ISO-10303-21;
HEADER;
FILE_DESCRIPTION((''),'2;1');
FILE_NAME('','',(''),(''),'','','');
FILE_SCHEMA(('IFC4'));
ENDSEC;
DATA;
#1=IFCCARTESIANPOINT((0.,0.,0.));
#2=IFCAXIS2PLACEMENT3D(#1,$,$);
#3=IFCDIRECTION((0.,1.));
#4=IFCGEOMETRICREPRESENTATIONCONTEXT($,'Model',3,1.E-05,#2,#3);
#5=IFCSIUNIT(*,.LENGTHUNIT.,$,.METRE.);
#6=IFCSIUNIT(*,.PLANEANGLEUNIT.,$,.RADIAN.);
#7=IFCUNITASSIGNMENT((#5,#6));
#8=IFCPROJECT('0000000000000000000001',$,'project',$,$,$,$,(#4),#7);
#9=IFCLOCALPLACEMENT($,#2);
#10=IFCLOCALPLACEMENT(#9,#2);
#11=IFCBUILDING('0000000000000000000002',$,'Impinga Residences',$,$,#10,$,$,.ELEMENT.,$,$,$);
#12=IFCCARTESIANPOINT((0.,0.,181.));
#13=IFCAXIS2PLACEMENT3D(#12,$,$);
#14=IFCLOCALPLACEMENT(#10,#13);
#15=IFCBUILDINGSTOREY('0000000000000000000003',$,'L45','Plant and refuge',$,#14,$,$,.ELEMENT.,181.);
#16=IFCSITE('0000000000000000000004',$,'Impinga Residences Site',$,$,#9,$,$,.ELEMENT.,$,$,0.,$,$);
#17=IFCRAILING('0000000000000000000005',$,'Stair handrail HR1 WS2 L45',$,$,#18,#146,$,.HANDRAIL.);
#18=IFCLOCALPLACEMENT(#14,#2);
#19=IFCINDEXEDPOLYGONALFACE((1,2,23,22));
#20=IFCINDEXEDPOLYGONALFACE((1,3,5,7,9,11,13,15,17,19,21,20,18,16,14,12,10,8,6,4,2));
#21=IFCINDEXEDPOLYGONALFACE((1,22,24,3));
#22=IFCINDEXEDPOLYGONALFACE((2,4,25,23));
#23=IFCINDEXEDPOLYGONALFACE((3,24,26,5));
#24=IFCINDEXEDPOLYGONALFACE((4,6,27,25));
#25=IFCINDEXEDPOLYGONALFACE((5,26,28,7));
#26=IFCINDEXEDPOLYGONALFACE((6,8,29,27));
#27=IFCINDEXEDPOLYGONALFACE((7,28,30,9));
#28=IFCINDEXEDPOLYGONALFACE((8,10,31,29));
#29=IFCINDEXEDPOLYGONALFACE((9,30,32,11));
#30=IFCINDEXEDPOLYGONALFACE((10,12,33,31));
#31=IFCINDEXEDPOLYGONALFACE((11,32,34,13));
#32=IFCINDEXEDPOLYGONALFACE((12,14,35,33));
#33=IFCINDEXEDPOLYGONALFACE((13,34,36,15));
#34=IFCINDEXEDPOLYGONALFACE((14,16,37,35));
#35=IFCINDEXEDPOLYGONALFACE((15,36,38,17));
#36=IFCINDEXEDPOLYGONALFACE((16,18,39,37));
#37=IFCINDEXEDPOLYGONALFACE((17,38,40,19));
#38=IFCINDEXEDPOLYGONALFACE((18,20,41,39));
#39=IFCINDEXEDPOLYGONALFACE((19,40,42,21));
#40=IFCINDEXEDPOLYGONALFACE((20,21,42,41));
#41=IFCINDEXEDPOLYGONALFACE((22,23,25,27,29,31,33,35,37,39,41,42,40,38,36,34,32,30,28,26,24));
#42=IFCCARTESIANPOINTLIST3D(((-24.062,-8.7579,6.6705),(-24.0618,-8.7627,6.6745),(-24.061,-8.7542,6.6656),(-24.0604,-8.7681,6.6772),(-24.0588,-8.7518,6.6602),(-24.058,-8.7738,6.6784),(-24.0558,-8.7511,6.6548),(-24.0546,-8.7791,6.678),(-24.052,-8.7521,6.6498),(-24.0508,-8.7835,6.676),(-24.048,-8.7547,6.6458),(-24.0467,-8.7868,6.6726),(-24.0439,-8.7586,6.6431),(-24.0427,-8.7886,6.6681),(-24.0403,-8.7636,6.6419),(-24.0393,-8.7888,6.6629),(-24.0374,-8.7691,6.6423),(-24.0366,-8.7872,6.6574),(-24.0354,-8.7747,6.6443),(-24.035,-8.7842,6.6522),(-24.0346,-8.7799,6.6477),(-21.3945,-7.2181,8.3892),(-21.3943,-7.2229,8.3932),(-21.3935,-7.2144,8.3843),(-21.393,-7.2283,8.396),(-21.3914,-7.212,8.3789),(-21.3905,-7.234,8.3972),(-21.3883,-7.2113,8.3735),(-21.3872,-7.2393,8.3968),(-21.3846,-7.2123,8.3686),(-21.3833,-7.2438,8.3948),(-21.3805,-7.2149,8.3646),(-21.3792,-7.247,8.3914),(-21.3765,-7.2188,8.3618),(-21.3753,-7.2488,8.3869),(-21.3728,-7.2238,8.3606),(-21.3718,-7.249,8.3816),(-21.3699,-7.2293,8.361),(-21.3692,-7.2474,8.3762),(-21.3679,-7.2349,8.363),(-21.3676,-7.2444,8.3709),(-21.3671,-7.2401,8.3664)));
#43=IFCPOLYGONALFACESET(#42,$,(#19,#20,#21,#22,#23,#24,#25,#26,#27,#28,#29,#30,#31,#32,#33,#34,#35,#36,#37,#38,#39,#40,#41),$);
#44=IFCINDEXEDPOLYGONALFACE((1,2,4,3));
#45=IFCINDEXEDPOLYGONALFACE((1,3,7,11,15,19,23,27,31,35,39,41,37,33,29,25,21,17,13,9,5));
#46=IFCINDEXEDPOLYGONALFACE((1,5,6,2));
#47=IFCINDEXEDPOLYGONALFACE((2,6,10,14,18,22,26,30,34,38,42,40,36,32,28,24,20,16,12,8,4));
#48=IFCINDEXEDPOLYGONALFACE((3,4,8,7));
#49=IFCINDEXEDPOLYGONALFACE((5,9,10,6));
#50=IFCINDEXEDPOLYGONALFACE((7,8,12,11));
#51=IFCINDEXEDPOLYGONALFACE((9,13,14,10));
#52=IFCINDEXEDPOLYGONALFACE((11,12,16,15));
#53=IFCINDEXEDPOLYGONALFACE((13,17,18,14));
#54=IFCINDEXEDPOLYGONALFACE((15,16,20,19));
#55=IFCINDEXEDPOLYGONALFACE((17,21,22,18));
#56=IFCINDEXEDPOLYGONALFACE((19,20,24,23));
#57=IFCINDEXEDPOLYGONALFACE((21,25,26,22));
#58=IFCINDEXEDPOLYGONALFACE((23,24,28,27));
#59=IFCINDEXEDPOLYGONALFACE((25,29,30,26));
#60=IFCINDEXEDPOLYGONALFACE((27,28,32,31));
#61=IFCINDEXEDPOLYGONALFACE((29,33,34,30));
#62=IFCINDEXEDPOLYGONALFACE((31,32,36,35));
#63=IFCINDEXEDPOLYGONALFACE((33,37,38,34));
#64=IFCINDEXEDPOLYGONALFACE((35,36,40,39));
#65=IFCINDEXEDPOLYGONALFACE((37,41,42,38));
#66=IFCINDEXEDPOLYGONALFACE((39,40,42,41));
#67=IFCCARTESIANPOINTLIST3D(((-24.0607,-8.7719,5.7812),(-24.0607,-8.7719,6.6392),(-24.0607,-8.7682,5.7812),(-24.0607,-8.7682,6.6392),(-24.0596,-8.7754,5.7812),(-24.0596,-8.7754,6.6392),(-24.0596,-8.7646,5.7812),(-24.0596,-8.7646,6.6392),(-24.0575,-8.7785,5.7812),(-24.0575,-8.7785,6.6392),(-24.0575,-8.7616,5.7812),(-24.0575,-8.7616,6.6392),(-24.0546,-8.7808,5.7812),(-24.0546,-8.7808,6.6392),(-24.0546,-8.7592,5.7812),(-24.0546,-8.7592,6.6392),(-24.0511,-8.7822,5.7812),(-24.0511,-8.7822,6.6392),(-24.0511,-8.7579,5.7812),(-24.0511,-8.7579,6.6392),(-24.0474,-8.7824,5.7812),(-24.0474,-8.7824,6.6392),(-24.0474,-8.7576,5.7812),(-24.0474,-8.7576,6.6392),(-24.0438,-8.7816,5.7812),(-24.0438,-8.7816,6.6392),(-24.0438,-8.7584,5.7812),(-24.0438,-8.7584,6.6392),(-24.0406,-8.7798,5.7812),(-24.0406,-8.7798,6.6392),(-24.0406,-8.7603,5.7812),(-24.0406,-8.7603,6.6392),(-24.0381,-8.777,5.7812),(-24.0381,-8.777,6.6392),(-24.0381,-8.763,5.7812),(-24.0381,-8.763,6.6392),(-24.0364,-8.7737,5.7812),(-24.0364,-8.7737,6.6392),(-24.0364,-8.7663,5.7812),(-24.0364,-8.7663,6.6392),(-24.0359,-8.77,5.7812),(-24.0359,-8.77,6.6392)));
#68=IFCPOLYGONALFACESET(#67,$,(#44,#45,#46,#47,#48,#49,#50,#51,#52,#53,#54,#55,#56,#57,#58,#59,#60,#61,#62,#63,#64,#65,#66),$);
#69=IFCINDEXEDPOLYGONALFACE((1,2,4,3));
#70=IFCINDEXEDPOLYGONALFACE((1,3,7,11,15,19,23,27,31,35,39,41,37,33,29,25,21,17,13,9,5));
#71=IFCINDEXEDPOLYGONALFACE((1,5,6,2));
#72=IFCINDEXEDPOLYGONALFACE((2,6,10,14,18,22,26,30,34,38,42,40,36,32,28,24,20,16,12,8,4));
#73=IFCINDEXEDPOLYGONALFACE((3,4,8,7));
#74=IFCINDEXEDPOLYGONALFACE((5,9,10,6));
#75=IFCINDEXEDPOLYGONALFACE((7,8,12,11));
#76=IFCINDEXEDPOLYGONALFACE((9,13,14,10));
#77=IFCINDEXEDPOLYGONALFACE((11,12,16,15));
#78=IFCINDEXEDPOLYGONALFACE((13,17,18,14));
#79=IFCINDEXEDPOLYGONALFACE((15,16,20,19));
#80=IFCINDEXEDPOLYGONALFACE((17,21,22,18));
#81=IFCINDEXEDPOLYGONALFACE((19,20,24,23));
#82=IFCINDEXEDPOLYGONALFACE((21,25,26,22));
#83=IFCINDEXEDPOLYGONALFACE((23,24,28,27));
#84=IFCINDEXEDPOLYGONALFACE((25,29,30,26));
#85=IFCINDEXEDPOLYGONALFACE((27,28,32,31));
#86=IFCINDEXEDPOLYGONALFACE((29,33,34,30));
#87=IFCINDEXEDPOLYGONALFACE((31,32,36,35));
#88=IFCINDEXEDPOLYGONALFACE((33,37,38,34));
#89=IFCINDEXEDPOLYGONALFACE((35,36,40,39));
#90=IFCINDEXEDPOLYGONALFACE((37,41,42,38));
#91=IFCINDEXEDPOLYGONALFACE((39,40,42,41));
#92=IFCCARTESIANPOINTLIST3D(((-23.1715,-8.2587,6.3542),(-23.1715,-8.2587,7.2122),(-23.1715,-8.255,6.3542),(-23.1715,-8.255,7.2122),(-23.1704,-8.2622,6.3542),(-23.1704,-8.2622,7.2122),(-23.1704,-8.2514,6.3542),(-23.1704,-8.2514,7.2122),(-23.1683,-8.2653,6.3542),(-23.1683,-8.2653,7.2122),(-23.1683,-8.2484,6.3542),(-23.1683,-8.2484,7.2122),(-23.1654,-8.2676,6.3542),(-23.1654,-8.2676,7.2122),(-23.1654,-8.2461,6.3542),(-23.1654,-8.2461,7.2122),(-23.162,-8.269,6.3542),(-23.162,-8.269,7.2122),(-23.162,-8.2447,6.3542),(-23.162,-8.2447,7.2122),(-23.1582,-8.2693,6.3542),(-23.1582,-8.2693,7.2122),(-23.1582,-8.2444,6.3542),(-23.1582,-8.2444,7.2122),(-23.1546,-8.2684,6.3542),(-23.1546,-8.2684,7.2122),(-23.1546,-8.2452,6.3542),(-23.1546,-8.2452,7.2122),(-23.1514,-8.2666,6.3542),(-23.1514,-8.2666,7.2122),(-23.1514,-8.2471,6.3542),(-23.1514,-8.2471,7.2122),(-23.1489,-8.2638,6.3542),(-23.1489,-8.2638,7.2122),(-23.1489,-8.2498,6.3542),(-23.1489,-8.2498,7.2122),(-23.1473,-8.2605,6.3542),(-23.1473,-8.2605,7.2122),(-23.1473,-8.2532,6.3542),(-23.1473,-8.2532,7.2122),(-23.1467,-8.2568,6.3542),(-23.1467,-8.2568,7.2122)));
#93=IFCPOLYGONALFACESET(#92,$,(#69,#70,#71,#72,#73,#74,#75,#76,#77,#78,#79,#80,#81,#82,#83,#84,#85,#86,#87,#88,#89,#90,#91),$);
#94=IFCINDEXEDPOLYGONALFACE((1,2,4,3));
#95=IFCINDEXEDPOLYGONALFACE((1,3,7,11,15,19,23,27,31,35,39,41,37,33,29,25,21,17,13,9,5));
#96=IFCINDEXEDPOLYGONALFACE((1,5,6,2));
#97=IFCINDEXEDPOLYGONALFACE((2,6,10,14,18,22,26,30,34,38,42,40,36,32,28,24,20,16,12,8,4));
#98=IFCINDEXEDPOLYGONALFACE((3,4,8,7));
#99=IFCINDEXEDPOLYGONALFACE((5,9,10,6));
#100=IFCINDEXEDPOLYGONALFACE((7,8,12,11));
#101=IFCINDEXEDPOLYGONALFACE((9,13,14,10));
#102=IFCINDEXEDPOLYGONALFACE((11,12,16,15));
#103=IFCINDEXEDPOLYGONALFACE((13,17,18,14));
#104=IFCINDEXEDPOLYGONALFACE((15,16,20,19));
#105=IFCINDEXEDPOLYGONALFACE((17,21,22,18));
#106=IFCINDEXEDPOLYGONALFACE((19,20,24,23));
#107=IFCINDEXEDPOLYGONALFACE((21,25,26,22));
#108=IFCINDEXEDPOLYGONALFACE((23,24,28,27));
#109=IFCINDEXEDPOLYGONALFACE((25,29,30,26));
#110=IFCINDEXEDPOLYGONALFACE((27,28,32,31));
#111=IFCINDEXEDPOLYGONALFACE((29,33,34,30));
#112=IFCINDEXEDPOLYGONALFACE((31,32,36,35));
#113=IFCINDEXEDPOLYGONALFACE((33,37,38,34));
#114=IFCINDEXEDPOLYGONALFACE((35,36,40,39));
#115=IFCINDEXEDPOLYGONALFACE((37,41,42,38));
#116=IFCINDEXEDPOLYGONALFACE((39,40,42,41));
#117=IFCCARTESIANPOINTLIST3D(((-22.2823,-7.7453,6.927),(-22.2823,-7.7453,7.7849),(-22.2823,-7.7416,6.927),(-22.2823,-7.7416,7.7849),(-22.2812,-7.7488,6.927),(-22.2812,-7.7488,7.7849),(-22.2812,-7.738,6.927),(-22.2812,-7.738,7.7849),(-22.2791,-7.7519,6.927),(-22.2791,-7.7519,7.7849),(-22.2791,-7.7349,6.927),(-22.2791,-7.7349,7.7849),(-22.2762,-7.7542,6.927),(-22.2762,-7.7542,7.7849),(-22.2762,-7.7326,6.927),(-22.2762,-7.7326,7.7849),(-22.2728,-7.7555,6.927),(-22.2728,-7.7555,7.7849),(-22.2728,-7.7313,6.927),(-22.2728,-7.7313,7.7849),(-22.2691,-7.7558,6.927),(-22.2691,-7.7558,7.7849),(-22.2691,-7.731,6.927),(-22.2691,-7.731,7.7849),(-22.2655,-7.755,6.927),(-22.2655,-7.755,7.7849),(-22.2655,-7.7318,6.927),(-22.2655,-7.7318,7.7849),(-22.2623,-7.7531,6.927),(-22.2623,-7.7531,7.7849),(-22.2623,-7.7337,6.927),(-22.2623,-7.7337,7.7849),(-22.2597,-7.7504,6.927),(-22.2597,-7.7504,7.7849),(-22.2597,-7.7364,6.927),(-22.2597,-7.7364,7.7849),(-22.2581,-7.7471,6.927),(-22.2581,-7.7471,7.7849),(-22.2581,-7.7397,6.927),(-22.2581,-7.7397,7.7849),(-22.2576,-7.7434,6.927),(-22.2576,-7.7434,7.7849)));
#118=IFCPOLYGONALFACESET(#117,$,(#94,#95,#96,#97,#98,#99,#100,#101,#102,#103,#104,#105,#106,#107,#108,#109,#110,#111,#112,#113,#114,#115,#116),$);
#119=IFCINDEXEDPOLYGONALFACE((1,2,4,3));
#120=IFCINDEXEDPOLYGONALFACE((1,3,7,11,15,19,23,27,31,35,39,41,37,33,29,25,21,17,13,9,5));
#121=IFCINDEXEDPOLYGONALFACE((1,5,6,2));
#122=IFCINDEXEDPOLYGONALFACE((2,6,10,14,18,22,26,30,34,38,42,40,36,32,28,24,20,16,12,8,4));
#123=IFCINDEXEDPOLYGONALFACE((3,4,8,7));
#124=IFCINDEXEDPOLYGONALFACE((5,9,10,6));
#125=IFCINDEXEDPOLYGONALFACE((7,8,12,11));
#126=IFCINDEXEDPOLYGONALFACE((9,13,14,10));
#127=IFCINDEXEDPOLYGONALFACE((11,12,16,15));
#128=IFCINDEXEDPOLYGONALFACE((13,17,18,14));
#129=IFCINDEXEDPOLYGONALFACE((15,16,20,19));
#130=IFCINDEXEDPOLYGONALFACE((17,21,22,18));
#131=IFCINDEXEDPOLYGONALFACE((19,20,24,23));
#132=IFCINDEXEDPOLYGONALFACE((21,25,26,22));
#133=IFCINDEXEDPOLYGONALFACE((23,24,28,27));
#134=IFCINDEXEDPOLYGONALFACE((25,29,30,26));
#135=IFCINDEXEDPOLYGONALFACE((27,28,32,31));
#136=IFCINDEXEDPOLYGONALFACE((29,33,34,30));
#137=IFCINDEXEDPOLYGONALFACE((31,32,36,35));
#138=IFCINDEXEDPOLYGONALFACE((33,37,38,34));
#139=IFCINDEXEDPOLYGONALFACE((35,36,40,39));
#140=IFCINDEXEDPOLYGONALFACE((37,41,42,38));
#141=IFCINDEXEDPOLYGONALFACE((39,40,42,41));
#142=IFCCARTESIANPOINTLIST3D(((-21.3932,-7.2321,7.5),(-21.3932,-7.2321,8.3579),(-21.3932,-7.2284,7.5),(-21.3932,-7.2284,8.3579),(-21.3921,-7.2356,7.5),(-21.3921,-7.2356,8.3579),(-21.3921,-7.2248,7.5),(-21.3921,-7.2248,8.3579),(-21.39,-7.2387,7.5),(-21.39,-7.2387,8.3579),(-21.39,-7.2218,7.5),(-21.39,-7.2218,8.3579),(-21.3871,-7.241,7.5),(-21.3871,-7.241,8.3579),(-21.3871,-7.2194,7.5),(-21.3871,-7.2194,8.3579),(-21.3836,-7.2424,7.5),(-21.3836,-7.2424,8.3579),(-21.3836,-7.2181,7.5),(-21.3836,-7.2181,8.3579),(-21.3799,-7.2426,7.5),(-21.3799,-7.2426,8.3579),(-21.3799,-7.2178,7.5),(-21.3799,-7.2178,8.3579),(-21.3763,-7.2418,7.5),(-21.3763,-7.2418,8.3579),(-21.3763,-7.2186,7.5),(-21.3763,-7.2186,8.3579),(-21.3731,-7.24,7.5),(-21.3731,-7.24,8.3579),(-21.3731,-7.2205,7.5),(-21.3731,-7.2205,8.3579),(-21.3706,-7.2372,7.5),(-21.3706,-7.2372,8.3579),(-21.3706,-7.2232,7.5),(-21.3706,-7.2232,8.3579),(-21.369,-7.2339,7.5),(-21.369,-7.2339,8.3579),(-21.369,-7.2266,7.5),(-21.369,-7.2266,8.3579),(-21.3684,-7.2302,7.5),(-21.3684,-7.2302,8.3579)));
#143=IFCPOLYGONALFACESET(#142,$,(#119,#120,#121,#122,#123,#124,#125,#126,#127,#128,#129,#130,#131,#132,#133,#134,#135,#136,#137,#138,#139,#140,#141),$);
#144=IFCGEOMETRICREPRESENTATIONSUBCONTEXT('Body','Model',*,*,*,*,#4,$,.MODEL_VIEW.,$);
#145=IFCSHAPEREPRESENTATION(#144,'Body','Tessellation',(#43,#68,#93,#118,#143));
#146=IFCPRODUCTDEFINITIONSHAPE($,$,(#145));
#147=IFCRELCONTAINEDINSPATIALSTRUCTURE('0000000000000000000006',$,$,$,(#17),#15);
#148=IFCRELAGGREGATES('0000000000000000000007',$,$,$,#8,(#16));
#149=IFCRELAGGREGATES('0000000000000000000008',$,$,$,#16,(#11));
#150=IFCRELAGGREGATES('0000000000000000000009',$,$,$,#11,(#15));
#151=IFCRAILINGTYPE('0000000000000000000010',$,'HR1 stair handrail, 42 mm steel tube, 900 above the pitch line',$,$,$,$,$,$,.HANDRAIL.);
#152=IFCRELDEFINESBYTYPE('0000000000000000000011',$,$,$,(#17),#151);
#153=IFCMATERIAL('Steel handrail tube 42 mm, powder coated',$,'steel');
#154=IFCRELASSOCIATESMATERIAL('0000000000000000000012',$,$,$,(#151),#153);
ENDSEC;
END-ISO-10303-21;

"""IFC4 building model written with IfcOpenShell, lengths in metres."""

from ifc_helpers import new_model, si_unit, direction, frame, origin, origin_2d, place, context, subcontext, project, spatial, circle, extrude, material, type_object, element, save


model = new_model("IFC4")

# Units and contexts
model_context = context("Model", 3, precision=1e-05, world=origin(), true_north=direction((0.0, 1.0)))
body_context = subcontext(model_context, "Body", "Model", "MODEL_VIEW")
ifc_project = project(units=[si_unit("LENGTHUNIT", "METRE"), si_unit("PLANEANGLEUNIT", "RADIAN")], contexts=[model_context])

# Site, building, storey
site_placement = place(None, origin())
site = spatial("IfcSite", under=ifc_project, at=site_placement, Name="Impinga Residences Site", CompositionType="ELEMENT", RefElevation=0.0)
building_placement = place(site_placement, origin())
building = spatial("IfcBuilding", under=site, at=building_placement, Name="Impinga Residences", CompositionType="ELEMENT")
storey_placement = place(building_placement, frame((0.0, 0.0, 181.0)))
storey = spatial("IfcBuildingStorey", under=building, at=storey_placement, Name="L45", Description="Plant and refuge", CompositionType="ELEMENT", Elevation=181.0)

# Railing
ifc_material_1 = material(Name="Steel handrail tube 42 mm, powder coated", Category="steel")
railing_type_1 = type_object("IfcRailingType", Name="HR1 stair handrail, 42 mm steel tube, 900 above the pitch line", PredefinedType="HANDRAIL", material=ifc_material_1)
railing_1_placement = place(storey_placement, frame((-24.0483, -8.77, 5.7812)))
element("IfcRailing", 1, at=railing_1_placement, inside=storey, type_object=railing_type_1, Name="Stair handrail HR1 WS2 L45", PredefinedType="HANDRAIL", context=body_context, shape_type="SweptSolid", body=[
    extrude(circle(Radius=0.021, at=origin_2d()), frame((0.0, 0.0, 0.8789), z_axis=(0.756279, 0.43656, 0.487297), x_axis=(-0.499933, 0.866064, 0.0)), (0.0, 0.0, 1.0), 3.5271),
    extrude(circle(Radius=0.0125, at=origin_2d()), origin(), (0.0, 0.0, 1.0), 0.8579),
    extrude(circle(Radius=0.0125, at=origin_2d()), frame((0.8892, 0.5132, 0.573)), (0.0, 0.0, 1.0), 0.8579),
    extrude(circle(Radius=0.0125, at=origin_2d()), frame((1.7783, 1.0266, 1.1458)), (0.0, 0.0, 1.0), 0.8579),
    extrude(circle(Radius=0.0125, at=origin_2d()), frame((2.6675, 1.5398, 1.7188)), (0.0, 0.0, 1.0), 0.8579),
])

save(model, "model.ifc")
